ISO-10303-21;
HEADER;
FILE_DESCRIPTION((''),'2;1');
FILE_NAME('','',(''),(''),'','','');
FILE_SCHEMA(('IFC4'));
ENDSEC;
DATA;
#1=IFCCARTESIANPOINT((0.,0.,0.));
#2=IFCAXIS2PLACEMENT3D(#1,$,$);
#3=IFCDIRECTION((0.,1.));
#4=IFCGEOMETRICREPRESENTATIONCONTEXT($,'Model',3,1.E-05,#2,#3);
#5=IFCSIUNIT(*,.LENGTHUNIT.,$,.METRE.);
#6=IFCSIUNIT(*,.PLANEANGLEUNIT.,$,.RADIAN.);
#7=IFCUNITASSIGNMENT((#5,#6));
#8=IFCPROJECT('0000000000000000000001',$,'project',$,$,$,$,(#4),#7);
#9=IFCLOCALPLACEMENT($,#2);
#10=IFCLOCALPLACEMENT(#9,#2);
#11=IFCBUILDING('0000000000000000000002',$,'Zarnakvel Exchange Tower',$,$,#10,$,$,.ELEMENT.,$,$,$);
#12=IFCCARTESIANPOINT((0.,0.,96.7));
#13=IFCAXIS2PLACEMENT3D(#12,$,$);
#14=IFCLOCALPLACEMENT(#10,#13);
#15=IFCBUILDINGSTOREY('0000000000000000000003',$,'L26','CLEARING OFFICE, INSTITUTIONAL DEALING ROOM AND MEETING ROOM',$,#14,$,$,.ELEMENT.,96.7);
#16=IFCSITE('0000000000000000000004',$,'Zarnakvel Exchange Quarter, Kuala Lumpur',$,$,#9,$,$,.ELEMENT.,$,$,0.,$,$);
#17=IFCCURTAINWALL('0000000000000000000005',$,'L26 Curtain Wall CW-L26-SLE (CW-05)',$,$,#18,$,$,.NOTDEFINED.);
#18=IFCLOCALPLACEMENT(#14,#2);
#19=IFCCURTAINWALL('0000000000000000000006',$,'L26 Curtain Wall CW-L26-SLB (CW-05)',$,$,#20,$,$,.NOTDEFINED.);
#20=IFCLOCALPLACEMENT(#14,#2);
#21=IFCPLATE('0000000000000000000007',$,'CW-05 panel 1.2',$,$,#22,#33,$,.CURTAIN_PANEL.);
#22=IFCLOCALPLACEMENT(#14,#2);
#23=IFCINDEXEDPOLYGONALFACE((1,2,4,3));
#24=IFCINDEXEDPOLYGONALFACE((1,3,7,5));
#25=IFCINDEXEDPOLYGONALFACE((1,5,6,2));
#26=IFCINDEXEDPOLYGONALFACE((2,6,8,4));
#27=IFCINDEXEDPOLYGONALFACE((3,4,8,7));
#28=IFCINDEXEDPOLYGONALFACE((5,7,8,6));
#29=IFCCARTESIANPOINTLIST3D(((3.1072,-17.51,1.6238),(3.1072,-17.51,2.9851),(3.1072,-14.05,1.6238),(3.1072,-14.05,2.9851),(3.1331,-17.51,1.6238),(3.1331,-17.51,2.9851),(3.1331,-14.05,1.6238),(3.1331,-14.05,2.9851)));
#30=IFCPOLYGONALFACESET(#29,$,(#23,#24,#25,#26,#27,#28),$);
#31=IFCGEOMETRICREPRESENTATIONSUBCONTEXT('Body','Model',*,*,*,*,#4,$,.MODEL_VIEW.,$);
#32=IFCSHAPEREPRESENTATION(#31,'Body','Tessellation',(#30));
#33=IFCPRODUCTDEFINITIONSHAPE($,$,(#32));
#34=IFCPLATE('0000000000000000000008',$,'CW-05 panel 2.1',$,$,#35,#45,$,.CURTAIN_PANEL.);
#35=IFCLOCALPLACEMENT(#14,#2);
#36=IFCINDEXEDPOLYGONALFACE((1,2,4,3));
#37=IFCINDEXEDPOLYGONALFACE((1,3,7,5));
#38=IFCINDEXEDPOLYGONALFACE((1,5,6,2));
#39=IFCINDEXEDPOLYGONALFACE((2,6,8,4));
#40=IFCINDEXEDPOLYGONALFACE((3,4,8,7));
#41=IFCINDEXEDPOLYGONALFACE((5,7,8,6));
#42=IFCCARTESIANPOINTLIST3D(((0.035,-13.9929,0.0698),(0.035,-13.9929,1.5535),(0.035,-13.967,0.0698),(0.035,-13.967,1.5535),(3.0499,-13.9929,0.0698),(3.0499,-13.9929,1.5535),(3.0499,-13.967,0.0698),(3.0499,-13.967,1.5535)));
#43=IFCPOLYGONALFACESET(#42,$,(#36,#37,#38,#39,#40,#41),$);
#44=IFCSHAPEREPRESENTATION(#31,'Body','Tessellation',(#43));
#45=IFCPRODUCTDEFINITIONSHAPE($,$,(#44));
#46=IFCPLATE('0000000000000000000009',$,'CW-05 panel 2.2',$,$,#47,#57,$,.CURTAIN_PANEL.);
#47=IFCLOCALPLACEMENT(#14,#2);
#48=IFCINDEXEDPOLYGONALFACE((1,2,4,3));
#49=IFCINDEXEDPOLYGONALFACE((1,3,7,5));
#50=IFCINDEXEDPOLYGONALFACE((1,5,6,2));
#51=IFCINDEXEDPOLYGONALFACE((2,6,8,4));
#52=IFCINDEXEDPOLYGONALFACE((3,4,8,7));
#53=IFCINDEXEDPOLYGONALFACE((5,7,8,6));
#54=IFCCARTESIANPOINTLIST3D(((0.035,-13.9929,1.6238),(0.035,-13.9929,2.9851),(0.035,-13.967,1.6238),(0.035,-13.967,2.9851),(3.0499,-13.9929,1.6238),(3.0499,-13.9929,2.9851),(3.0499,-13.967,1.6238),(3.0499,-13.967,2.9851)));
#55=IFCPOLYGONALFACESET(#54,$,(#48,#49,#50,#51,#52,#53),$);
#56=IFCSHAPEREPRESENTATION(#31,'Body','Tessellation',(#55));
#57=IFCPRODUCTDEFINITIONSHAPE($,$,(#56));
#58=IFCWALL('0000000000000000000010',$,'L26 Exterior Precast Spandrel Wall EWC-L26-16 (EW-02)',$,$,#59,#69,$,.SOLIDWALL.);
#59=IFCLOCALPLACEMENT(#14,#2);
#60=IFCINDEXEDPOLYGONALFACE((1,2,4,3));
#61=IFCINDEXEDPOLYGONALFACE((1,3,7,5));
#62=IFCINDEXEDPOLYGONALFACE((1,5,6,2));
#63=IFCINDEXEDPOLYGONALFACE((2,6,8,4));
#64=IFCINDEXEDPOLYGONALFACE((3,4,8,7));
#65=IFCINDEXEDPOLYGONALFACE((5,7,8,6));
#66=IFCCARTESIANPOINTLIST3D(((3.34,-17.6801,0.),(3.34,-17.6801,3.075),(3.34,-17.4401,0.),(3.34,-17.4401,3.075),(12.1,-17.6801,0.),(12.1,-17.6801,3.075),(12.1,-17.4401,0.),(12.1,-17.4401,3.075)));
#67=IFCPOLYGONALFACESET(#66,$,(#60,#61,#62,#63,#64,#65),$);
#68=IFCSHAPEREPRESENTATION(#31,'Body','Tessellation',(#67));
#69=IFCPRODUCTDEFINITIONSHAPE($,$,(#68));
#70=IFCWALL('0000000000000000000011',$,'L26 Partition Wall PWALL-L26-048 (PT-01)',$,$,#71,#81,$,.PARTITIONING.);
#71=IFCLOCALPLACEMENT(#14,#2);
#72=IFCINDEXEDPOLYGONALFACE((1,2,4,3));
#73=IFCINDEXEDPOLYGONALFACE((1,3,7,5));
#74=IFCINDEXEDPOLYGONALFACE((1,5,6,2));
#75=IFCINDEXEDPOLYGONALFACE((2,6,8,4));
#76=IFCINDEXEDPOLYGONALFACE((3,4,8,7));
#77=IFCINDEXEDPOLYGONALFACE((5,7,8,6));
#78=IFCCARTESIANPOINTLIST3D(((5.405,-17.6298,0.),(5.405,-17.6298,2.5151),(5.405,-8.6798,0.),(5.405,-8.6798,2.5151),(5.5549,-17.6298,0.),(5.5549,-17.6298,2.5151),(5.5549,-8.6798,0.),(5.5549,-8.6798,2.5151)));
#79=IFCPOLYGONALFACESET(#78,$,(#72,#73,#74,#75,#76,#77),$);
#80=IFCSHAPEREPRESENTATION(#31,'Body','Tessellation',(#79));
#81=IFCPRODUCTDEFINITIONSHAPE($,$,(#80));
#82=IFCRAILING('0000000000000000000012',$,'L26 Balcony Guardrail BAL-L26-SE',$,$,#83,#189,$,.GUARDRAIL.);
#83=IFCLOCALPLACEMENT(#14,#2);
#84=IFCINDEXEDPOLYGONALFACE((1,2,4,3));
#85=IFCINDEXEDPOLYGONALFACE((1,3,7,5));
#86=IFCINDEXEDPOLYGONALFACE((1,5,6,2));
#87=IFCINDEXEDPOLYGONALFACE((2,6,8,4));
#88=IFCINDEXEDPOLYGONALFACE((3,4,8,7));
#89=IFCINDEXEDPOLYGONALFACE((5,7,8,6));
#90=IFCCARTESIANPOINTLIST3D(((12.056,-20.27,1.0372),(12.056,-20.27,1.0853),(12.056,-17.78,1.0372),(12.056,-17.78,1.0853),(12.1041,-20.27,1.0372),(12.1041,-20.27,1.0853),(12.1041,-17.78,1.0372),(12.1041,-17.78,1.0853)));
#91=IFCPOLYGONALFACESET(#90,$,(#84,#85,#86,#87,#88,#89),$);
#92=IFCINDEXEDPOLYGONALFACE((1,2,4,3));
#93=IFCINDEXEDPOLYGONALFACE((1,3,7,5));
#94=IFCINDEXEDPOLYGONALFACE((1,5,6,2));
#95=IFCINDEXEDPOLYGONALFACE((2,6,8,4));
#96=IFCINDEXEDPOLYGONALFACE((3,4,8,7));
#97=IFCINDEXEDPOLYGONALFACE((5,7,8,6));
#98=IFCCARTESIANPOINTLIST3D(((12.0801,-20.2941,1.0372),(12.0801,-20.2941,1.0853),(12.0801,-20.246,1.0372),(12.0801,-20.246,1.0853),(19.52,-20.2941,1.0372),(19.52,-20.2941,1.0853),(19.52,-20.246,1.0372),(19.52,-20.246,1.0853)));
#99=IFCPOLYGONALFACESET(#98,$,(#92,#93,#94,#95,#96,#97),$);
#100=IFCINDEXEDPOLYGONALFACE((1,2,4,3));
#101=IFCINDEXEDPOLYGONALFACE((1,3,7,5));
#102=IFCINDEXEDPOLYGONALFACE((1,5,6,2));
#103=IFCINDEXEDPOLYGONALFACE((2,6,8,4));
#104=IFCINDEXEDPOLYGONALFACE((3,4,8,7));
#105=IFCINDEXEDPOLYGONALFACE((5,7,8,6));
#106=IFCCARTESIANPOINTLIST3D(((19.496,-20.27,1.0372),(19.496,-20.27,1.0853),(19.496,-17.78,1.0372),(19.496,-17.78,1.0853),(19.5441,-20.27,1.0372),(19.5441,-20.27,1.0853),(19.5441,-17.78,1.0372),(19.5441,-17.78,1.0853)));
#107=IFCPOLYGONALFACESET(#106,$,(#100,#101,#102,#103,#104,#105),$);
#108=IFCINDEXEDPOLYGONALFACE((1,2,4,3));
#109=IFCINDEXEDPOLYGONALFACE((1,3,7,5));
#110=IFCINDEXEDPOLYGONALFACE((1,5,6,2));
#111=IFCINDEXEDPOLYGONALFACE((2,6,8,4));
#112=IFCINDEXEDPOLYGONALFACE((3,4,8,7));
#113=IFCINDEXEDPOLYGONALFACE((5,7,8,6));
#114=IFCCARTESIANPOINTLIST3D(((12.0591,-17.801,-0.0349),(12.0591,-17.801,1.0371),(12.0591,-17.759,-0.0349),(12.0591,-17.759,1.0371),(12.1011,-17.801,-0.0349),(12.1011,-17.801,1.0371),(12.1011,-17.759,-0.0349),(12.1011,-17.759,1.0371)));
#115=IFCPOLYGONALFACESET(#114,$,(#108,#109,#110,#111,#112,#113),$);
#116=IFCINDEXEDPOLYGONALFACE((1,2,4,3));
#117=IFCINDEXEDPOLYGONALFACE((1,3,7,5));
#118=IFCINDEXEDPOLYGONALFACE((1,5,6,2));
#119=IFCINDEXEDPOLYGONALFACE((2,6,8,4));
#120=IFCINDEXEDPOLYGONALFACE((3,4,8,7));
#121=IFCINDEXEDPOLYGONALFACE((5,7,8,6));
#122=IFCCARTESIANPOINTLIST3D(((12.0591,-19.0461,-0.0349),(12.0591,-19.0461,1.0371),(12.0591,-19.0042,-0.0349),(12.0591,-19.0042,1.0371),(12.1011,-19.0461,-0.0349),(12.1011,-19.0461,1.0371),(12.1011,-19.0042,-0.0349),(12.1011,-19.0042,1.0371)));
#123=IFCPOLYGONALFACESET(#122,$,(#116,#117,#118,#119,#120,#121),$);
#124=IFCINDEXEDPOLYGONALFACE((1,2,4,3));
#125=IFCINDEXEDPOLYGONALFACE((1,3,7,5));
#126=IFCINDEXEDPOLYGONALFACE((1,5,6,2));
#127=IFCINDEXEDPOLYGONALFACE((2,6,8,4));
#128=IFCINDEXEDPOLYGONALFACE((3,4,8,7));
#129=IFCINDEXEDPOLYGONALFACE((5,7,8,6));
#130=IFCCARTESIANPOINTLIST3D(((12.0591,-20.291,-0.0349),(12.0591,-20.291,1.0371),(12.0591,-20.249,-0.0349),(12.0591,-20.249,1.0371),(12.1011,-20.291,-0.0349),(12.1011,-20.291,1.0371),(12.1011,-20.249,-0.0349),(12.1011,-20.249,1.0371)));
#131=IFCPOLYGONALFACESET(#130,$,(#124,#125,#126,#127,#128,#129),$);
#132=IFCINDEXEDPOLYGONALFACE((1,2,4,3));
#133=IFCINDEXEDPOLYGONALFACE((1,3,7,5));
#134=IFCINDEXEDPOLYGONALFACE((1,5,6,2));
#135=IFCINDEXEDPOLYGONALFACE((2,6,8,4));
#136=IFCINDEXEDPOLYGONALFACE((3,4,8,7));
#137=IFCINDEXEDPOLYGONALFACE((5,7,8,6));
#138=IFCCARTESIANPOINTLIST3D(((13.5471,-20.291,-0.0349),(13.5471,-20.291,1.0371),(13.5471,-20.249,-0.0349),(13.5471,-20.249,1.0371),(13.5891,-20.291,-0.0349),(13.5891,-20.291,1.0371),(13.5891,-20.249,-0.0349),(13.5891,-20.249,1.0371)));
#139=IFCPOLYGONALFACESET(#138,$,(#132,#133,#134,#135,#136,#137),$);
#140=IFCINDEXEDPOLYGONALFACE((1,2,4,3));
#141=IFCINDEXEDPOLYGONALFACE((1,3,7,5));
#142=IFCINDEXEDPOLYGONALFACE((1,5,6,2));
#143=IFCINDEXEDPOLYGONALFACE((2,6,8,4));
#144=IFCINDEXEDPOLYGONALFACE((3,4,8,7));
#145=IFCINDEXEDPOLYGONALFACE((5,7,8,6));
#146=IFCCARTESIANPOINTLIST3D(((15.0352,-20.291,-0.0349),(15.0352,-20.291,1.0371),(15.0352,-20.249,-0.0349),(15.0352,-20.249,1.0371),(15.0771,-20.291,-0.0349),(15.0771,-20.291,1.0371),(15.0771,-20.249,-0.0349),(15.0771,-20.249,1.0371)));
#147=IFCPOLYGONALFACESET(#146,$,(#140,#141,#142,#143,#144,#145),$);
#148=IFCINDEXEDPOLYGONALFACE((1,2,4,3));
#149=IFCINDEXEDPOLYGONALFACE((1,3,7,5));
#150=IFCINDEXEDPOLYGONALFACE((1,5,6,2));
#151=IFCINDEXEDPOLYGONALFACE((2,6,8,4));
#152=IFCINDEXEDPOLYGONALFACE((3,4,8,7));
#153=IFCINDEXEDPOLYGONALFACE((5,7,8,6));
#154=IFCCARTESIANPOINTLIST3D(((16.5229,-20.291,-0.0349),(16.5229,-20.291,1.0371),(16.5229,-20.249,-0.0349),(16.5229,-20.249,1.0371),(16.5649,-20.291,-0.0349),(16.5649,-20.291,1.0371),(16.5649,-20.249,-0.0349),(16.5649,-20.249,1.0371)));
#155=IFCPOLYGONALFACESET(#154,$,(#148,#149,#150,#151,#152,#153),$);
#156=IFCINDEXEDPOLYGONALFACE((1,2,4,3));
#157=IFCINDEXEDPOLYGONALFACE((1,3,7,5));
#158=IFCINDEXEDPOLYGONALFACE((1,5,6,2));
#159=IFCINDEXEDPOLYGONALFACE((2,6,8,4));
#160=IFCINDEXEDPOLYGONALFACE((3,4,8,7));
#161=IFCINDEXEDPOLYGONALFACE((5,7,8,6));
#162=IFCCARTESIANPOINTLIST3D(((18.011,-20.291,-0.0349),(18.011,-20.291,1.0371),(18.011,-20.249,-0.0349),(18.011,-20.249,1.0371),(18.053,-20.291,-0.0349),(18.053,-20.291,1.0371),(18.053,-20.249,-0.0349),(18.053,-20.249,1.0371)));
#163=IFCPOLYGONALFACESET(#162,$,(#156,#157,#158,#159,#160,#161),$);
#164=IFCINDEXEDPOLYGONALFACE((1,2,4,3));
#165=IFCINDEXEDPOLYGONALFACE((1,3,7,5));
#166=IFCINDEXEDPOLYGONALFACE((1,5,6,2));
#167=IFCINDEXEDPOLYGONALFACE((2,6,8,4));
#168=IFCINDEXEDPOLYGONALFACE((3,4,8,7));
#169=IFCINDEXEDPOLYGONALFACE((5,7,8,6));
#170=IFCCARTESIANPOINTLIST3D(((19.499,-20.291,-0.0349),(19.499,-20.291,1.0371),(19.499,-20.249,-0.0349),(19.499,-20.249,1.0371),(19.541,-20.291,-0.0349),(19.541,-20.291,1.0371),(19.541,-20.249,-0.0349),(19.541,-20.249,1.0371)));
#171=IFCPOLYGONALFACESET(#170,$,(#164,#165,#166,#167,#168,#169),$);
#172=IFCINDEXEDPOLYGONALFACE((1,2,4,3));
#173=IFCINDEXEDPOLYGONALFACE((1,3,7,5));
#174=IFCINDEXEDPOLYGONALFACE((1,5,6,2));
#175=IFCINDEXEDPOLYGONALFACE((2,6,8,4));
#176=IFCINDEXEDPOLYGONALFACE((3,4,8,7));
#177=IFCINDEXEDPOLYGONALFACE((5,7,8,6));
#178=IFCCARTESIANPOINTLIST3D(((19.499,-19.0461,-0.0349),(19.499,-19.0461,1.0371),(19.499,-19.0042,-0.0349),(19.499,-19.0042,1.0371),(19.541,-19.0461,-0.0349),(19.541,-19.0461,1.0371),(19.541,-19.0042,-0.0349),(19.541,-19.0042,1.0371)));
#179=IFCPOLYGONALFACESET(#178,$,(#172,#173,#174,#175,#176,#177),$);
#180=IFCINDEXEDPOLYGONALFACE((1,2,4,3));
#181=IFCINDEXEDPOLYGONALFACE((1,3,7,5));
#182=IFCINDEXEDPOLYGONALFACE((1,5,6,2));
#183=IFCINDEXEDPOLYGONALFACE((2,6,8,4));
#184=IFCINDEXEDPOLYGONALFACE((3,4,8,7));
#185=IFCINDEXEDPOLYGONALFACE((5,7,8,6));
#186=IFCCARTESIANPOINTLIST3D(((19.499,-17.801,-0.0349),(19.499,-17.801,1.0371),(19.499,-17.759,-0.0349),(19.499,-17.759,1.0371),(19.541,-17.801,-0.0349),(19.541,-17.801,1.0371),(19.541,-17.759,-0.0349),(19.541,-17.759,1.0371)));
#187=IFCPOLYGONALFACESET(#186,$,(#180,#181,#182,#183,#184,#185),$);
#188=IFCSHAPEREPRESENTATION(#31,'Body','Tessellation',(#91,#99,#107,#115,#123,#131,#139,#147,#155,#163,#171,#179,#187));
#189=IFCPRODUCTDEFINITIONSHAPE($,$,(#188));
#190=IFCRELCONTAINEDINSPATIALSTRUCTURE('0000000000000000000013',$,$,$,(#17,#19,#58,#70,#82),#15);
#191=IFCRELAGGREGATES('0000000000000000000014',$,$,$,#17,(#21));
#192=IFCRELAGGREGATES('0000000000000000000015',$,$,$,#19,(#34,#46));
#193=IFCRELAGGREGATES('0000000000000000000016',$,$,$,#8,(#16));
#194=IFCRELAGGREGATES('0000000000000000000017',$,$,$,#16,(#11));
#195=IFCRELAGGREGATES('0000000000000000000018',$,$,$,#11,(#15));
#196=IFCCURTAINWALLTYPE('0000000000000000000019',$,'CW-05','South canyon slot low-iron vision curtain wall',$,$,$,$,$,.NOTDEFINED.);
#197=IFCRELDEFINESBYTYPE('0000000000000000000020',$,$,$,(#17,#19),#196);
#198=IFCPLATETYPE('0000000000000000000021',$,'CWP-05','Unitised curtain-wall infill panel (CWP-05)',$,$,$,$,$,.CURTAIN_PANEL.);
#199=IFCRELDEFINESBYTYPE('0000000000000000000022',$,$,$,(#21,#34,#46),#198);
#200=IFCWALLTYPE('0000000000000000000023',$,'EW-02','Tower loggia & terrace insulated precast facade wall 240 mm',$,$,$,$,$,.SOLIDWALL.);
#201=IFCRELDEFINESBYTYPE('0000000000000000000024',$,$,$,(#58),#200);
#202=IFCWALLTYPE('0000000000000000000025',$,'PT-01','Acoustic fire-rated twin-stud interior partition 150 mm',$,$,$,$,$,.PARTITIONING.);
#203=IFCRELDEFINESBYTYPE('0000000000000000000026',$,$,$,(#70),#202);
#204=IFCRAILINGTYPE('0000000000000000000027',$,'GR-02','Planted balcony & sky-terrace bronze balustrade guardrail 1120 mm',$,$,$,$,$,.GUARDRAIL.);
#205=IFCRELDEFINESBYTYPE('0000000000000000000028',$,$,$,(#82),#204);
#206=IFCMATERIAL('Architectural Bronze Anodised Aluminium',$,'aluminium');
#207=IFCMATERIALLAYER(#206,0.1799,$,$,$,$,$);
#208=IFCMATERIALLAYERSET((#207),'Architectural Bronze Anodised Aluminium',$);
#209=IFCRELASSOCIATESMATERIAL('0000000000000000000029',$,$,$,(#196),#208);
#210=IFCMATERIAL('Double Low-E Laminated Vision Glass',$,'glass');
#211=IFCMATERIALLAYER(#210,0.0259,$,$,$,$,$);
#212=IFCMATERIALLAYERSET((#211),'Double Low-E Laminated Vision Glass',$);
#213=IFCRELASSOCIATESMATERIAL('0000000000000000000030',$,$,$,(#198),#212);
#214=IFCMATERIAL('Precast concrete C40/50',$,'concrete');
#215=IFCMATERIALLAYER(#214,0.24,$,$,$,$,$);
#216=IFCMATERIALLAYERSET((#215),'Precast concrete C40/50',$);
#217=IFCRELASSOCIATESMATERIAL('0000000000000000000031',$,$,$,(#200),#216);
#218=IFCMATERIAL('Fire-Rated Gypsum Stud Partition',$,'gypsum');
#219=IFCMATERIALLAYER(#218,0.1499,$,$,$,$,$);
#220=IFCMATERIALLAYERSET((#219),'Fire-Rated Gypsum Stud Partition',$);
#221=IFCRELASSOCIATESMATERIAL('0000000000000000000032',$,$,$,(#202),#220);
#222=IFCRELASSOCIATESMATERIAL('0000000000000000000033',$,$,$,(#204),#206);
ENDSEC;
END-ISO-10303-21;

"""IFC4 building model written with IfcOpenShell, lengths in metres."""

from ifc_helpers import new_model, si_unit, direction, frame, frame_2d, origin, origin_2d, place, context, subcontext, project, spatial, rectangle, extrude, source, transform, mapped, material, layer, layer_set, type_object, element, aggregate, save


model = new_model("IFC4")

# Units and contexts
model_context = context("Model", 3, precision=1e-05, world=origin(), true_north=direction((0.0, 1.0)))
body_context = subcontext(model_context, "Body", "Model", "MODEL_VIEW")
ifc_project = project(units=[si_unit("LENGTHUNIT", "METRE"), si_unit("PLANEANGLEUNIT", "RADIAN")], contexts=[model_context])

# Site, building, storey
site_placement = place(None, origin())
site = spatial("IfcSite", under=ifc_project, at=site_placement, Name="Zarnakvel Exchange Quarter, Kuala Lumpur", CompositionType="ELEMENT", RefElevation=0.0)
building_placement = place(site_placement, origin())
building = spatial("IfcBuilding", under=site, at=building_placement, Name="Zarnakvel Exchange Tower", CompositionType="ELEMENT")
storey_placement = place(building_placement, frame((0.0, 0.0, 96.7)))
storey = spatial("IfcBuildingStorey", under=building, at=storey_placement, Name="L26", Description="CLEARING OFFICE, INSTITUTIONAL DEALING ROOM AND MEETING ROOM", CompositionType="ELEMENT", Elevation=96.7)

# Curtain walls
ifc_material_1 = material(Name="Architectural Bronze Anodised Aluminium", Category="aluminium")
ifc_layer_1 = layer(ifc_material_1, 0.1799)
ifc_layer_set_1 = layer_set([ifc_layer_1], Name="Architectural Bronze Anodised Aluminium")
curtain_wall_type = type_object("IfcCurtainWallType", Name="CW-05", Description="South canyon slot low-iron vision curtain wall", PredefinedType="NOTDEFINED", material=ifc_layer_set_1)
curtain_wall_1_placement = place(storey_placement, origin())
curtain_wall_1 = element("IfcCurtainWall", 1, at=curtain_wall_1_placement, inside=storey, type_object=curtain_wall_type, Name="L26 Curtain Wall CW-L26-SLE (CW-05)", PredefinedType="NOTDEFINED")
curtain_wall_2_placement = place(storey_placement, origin())
curtain_wall_2 = element("IfcCurtainWall", 2, at=curtain_wall_2_placement, inside=storey, type_object=curtain_wall_type, Name="L26 Curtain Wall CW-L26-SLB (CW-05)", PredefinedType="NOTDEFINED")

# Plates
ifc_material_2 = material(Name="Double Low-E Laminated Vision Glass", Category="glass")
ifc_layer_2 = layer(ifc_material_2, 0.0259)
ifc_layer_set_2 = layer_set([ifc_layer_2], Name="Double Low-E Laminated Vision Glass")
plate_type = type_object("IfcPlateType", Name="CWP-05", Description="Unitised curtain-wall infill panel (CWP-05)", PredefinedType="CURTAIN_PANEL", material=ifc_layer_set_2)
shared_shape_1 = source(origin(), body_context, "Body", "SweptSolid", [
    extrude(rectangle(XDim=3.46, YDim=0.0259, at=origin_2d()), origin(), (0.0, 0.0, 1.0), 1.3613),
])
plate_1_placement = place(storey_placement, frame((3.1201, -15.78, 1.6238), z_axis=(0.0, 0.0, 1.0), x_axis=(0.0, -1.0, 0.0)))
plate_1 = element("IfcPlate", 3, at=plate_1_placement, type_object=plate_type, Name="CW-05 panel 1.2", PredefinedType="CURTAIN_PANEL", context=body_context, shape_type="MappedRepresentation", body=[
    mapped(shared_shape_1, transform((0.0, 0.0, 0.0), x_axis=(1.0, 0.0, 0.0), y_axis=(0.0, 1.0, 0.0), z_axis=(0.0, 0.0, 1.0), scale=1.0)),
])
aggregate(curtain_wall_1, [plate_1])
shared_shape_2 = source(origin(), body_context, "Body", "SweptSolid", [
    extrude(rectangle(XDim=3.0149, YDim=0.0259, at=origin_2d()), origin(), (0.0, 0.0, 1.0), 1.4836),
])
plate_2_placement = place(storey_placement, frame((1.5425, -13.98, 0.0698), z_axis=(0.0, 0.0, 1.0), x_axis=(1.0, 0.0, 0.0)))
plate_2 = element("IfcPlate", 4, at=plate_2_placement, type_object=plate_type, Name="CW-05 panel 2.1", PredefinedType="CURTAIN_PANEL", context=body_context, shape_type="MappedRepresentation", body=[
    mapped(shared_shape_2, transform((0.0, 0.0, 0.0), x_axis=(1.0, 0.0, 0.0), y_axis=(0.0, 1.0, 0.0), z_axis=(0.0, 0.0, 1.0), scale=1.0)),
])
shared_shape_3 = source(origin(), body_context, "Body", "SweptSolid", [
    extrude(rectangle(XDim=3.0149, YDim=0.0259, at=origin_2d()), origin(), (0.0, 0.0, 1.0), 1.3613),
])
plate_3_placement = place(storey_placement, frame((1.5425, -13.98, 1.6238), z_axis=(0.0, 0.0, 1.0), x_axis=(1.0, 0.0, 0.0)))
plate_3 = element("IfcPlate", 5, at=plate_3_placement, type_object=plate_type, Name="CW-05 panel 2.2", PredefinedType="CURTAIN_PANEL", context=body_context, shape_type="MappedRepresentation", body=[
    mapped(shared_shape_3, transform((0.0, 0.0, 0.0), x_axis=(1.0, 0.0, 0.0), y_axis=(0.0, 1.0, 0.0), z_axis=(0.0, 0.0, 1.0), scale=1.0)),
])
aggregate(curtain_wall_2, [plate_2, plate_3])

# Walls
ifc_material_3 = material(Name="Precast concrete C40/50", Category="concrete")
ifc_layer_3 = layer(ifc_material_3, 0.24)
ifc_layer_set_3 = layer_set([ifc_layer_3], Name="Precast concrete C40/50")
wall_type_1 = type_object("IfcWallType", Name="EW-02", Description="Tower loggia & terrace insulated precast facade wall 240 mm", PredefinedType="SOLIDWALL", material=ifc_layer_set_3)
wall_1_placement = place(storey_placement, frame((3.3401, -17.5601, 0.0), z_axis=(0.0, 0.0, 1.0), x_axis=(1.0, 0.0, 0.0)))
element("IfcWall", 6, at=wall_1_placement, inside=storey, type_object=wall_type_1, Name="L26 Exterior Precast Spandrel Wall EWC-L26-16 (EW-02)", PredefinedType="SOLIDWALL", context=body_context, shape_type="SweptSolid", body=[
    extrude(rectangle(XDim=8.76, YDim=0.24, at=frame_2d((4.3799, 0.0))), origin(), (0.0, 0.0, 1.0), 3.075),
])
ifc_material_4 = material(Name="Fire-Rated Gypsum Stud Partition", Category="gypsum")
ifc_layer_4 = layer(ifc_material_4, 0.1499)
ifc_layer_set_4 = layer_set([ifc_layer_4], Name="Fire-Rated Gypsum Stud Partition")
wall_type_2 = type_object("IfcWallType", Name="PT-01", Description="Acoustic fire-rated twin-stud interior partition 150 mm", PredefinedType="PARTITIONING", material=ifc_layer_set_4)
wall_2_placement = place(storey_placement, frame((5.48, -17.6299, 0.0), z_axis=(0.0, 0.0, 1.0), x_axis=(0.0, 1.0, 0.0)))
element("IfcWall", 7, at=wall_2_placement, inside=storey, type_object=wall_type_2, Name="L26 Partition Wall PWALL-L26-048 (PT-01)", PredefinedType="PARTITIONING", context=body_context, shape_type="SweptSolid", body=[
    extrude(rectangle(XDim=8.95, YDim=0.1499, at=frame_2d((4.4751, 0.0))), origin(), (0.0, 0.0, 1.0), 2.5151),
])

# Railing
railing_type = type_object("IfcRailingType", Name="GR-02", Description="Planted balcony & sky-terrace bronze balustrade guardrail 1120 mm", PredefinedType="GUARDRAIL", material=ifc_material_1)
railing_placement = place(storey_placement, frame((12.0801, -17.78, -0.0349)))
element("IfcRailing", 8, at=railing_placement, inside=storey, type_object=railing_type, Name="L26 Balcony Guardrail BAL-L26-SE", PredefinedType="GUARDRAIL", context=body_context, shape_type="SweptSolid", body=[
    extrude(rectangle(XDim=0.0481, YDim=0.0481, at=origin_2d()), frame((0.0, 0.0, 1.0962), z_axis=(0.0, -1.0, 0.0), x_axis=(1.0, 0.0, 0.0)), (0.0, 0.0, 1.0), 2.49),
    extrude(rectangle(XDim=0.0481, YDim=0.0481, at=origin_2d()), frame((0.0, -2.49, 1.0962), z_axis=(1.0, 0.0, 0.0), x_axis=(0.0, 1.0, 0.0)), (0.0, 0.0, 1.0), 7.4399),
    extrude(rectangle(XDim=0.0481, YDim=0.0481, at=origin_2d()), frame((7.4399, -2.49, 1.0962), z_axis=(0.0, 1.0, 0.0), x_axis=(-1.0, 0.0, 0.0)), (0.0, 0.0, 1.0), 2.49),
    extrude(rectangle(XDim=0.042, YDim=0.042, at=origin_2d()), origin(), (0.0, 0.0, 1.0), 1.072),
    extrude(rectangle(XDim=0.042, YDim=0.042, at=origin_2d()), frame((0.0, -1.2451, 0.0)), (0.0, 0.0, 1.0), 1.072),
    extrude(rectangle(XDim=0.042, YDim=0.042, at=origin_2d()), frame((0.0, -2.49, 0.0)), (0.0, 0.0, 1.0), 1.072),
    extrude(rectangle(XDim=0.042, YDim=0.042, at=origin_2d()), frame((1.488, -2.49, 0.0)), (0.0, 0.0, 1.0), 1.072),
    extrude(rectangle(XDim=0.042, YDim=0.042, at=origin_2d()), frame((2.9761, -2.49, 0.0)), (0.0, 0.0, 1.0), 1.072),
    extrude(rectangle(XDim=0.042, YDim=0.042, at=origin_2d()), frame((4.4639, -2.49, 0.0)), (0.0, 0.0, 1.0), 1.072),
    extrude(rectangle(XDim=0.042, YDim=0.042, at=origin_2d()), frame((5.9519, -2.49, 0.0)), (0.0, 0.0, 1.0), 1.072),
    extrude(rectangle(XDim=0.042, YDim=0.042, at=origin_2d()), frame((7.4399, -2.49, 0.0)), (0.0, 0.0, 1.0), 1.072),
    extrude(rectangle(XDim=0.042, YDim=0.042, at=origin_2d()), frame((7.4399, -1.2451, 0.0)), (0.0, 0.0, 1.0), 1.072),
    extrude(rectangle(XDim=0.042, YDim=0.042, at=origin_2d()), frame((7.4399, 0.0, 0.0)), (0.0, 0.0, 1.0), 1.072),
])

save(model, "model.ifc")
